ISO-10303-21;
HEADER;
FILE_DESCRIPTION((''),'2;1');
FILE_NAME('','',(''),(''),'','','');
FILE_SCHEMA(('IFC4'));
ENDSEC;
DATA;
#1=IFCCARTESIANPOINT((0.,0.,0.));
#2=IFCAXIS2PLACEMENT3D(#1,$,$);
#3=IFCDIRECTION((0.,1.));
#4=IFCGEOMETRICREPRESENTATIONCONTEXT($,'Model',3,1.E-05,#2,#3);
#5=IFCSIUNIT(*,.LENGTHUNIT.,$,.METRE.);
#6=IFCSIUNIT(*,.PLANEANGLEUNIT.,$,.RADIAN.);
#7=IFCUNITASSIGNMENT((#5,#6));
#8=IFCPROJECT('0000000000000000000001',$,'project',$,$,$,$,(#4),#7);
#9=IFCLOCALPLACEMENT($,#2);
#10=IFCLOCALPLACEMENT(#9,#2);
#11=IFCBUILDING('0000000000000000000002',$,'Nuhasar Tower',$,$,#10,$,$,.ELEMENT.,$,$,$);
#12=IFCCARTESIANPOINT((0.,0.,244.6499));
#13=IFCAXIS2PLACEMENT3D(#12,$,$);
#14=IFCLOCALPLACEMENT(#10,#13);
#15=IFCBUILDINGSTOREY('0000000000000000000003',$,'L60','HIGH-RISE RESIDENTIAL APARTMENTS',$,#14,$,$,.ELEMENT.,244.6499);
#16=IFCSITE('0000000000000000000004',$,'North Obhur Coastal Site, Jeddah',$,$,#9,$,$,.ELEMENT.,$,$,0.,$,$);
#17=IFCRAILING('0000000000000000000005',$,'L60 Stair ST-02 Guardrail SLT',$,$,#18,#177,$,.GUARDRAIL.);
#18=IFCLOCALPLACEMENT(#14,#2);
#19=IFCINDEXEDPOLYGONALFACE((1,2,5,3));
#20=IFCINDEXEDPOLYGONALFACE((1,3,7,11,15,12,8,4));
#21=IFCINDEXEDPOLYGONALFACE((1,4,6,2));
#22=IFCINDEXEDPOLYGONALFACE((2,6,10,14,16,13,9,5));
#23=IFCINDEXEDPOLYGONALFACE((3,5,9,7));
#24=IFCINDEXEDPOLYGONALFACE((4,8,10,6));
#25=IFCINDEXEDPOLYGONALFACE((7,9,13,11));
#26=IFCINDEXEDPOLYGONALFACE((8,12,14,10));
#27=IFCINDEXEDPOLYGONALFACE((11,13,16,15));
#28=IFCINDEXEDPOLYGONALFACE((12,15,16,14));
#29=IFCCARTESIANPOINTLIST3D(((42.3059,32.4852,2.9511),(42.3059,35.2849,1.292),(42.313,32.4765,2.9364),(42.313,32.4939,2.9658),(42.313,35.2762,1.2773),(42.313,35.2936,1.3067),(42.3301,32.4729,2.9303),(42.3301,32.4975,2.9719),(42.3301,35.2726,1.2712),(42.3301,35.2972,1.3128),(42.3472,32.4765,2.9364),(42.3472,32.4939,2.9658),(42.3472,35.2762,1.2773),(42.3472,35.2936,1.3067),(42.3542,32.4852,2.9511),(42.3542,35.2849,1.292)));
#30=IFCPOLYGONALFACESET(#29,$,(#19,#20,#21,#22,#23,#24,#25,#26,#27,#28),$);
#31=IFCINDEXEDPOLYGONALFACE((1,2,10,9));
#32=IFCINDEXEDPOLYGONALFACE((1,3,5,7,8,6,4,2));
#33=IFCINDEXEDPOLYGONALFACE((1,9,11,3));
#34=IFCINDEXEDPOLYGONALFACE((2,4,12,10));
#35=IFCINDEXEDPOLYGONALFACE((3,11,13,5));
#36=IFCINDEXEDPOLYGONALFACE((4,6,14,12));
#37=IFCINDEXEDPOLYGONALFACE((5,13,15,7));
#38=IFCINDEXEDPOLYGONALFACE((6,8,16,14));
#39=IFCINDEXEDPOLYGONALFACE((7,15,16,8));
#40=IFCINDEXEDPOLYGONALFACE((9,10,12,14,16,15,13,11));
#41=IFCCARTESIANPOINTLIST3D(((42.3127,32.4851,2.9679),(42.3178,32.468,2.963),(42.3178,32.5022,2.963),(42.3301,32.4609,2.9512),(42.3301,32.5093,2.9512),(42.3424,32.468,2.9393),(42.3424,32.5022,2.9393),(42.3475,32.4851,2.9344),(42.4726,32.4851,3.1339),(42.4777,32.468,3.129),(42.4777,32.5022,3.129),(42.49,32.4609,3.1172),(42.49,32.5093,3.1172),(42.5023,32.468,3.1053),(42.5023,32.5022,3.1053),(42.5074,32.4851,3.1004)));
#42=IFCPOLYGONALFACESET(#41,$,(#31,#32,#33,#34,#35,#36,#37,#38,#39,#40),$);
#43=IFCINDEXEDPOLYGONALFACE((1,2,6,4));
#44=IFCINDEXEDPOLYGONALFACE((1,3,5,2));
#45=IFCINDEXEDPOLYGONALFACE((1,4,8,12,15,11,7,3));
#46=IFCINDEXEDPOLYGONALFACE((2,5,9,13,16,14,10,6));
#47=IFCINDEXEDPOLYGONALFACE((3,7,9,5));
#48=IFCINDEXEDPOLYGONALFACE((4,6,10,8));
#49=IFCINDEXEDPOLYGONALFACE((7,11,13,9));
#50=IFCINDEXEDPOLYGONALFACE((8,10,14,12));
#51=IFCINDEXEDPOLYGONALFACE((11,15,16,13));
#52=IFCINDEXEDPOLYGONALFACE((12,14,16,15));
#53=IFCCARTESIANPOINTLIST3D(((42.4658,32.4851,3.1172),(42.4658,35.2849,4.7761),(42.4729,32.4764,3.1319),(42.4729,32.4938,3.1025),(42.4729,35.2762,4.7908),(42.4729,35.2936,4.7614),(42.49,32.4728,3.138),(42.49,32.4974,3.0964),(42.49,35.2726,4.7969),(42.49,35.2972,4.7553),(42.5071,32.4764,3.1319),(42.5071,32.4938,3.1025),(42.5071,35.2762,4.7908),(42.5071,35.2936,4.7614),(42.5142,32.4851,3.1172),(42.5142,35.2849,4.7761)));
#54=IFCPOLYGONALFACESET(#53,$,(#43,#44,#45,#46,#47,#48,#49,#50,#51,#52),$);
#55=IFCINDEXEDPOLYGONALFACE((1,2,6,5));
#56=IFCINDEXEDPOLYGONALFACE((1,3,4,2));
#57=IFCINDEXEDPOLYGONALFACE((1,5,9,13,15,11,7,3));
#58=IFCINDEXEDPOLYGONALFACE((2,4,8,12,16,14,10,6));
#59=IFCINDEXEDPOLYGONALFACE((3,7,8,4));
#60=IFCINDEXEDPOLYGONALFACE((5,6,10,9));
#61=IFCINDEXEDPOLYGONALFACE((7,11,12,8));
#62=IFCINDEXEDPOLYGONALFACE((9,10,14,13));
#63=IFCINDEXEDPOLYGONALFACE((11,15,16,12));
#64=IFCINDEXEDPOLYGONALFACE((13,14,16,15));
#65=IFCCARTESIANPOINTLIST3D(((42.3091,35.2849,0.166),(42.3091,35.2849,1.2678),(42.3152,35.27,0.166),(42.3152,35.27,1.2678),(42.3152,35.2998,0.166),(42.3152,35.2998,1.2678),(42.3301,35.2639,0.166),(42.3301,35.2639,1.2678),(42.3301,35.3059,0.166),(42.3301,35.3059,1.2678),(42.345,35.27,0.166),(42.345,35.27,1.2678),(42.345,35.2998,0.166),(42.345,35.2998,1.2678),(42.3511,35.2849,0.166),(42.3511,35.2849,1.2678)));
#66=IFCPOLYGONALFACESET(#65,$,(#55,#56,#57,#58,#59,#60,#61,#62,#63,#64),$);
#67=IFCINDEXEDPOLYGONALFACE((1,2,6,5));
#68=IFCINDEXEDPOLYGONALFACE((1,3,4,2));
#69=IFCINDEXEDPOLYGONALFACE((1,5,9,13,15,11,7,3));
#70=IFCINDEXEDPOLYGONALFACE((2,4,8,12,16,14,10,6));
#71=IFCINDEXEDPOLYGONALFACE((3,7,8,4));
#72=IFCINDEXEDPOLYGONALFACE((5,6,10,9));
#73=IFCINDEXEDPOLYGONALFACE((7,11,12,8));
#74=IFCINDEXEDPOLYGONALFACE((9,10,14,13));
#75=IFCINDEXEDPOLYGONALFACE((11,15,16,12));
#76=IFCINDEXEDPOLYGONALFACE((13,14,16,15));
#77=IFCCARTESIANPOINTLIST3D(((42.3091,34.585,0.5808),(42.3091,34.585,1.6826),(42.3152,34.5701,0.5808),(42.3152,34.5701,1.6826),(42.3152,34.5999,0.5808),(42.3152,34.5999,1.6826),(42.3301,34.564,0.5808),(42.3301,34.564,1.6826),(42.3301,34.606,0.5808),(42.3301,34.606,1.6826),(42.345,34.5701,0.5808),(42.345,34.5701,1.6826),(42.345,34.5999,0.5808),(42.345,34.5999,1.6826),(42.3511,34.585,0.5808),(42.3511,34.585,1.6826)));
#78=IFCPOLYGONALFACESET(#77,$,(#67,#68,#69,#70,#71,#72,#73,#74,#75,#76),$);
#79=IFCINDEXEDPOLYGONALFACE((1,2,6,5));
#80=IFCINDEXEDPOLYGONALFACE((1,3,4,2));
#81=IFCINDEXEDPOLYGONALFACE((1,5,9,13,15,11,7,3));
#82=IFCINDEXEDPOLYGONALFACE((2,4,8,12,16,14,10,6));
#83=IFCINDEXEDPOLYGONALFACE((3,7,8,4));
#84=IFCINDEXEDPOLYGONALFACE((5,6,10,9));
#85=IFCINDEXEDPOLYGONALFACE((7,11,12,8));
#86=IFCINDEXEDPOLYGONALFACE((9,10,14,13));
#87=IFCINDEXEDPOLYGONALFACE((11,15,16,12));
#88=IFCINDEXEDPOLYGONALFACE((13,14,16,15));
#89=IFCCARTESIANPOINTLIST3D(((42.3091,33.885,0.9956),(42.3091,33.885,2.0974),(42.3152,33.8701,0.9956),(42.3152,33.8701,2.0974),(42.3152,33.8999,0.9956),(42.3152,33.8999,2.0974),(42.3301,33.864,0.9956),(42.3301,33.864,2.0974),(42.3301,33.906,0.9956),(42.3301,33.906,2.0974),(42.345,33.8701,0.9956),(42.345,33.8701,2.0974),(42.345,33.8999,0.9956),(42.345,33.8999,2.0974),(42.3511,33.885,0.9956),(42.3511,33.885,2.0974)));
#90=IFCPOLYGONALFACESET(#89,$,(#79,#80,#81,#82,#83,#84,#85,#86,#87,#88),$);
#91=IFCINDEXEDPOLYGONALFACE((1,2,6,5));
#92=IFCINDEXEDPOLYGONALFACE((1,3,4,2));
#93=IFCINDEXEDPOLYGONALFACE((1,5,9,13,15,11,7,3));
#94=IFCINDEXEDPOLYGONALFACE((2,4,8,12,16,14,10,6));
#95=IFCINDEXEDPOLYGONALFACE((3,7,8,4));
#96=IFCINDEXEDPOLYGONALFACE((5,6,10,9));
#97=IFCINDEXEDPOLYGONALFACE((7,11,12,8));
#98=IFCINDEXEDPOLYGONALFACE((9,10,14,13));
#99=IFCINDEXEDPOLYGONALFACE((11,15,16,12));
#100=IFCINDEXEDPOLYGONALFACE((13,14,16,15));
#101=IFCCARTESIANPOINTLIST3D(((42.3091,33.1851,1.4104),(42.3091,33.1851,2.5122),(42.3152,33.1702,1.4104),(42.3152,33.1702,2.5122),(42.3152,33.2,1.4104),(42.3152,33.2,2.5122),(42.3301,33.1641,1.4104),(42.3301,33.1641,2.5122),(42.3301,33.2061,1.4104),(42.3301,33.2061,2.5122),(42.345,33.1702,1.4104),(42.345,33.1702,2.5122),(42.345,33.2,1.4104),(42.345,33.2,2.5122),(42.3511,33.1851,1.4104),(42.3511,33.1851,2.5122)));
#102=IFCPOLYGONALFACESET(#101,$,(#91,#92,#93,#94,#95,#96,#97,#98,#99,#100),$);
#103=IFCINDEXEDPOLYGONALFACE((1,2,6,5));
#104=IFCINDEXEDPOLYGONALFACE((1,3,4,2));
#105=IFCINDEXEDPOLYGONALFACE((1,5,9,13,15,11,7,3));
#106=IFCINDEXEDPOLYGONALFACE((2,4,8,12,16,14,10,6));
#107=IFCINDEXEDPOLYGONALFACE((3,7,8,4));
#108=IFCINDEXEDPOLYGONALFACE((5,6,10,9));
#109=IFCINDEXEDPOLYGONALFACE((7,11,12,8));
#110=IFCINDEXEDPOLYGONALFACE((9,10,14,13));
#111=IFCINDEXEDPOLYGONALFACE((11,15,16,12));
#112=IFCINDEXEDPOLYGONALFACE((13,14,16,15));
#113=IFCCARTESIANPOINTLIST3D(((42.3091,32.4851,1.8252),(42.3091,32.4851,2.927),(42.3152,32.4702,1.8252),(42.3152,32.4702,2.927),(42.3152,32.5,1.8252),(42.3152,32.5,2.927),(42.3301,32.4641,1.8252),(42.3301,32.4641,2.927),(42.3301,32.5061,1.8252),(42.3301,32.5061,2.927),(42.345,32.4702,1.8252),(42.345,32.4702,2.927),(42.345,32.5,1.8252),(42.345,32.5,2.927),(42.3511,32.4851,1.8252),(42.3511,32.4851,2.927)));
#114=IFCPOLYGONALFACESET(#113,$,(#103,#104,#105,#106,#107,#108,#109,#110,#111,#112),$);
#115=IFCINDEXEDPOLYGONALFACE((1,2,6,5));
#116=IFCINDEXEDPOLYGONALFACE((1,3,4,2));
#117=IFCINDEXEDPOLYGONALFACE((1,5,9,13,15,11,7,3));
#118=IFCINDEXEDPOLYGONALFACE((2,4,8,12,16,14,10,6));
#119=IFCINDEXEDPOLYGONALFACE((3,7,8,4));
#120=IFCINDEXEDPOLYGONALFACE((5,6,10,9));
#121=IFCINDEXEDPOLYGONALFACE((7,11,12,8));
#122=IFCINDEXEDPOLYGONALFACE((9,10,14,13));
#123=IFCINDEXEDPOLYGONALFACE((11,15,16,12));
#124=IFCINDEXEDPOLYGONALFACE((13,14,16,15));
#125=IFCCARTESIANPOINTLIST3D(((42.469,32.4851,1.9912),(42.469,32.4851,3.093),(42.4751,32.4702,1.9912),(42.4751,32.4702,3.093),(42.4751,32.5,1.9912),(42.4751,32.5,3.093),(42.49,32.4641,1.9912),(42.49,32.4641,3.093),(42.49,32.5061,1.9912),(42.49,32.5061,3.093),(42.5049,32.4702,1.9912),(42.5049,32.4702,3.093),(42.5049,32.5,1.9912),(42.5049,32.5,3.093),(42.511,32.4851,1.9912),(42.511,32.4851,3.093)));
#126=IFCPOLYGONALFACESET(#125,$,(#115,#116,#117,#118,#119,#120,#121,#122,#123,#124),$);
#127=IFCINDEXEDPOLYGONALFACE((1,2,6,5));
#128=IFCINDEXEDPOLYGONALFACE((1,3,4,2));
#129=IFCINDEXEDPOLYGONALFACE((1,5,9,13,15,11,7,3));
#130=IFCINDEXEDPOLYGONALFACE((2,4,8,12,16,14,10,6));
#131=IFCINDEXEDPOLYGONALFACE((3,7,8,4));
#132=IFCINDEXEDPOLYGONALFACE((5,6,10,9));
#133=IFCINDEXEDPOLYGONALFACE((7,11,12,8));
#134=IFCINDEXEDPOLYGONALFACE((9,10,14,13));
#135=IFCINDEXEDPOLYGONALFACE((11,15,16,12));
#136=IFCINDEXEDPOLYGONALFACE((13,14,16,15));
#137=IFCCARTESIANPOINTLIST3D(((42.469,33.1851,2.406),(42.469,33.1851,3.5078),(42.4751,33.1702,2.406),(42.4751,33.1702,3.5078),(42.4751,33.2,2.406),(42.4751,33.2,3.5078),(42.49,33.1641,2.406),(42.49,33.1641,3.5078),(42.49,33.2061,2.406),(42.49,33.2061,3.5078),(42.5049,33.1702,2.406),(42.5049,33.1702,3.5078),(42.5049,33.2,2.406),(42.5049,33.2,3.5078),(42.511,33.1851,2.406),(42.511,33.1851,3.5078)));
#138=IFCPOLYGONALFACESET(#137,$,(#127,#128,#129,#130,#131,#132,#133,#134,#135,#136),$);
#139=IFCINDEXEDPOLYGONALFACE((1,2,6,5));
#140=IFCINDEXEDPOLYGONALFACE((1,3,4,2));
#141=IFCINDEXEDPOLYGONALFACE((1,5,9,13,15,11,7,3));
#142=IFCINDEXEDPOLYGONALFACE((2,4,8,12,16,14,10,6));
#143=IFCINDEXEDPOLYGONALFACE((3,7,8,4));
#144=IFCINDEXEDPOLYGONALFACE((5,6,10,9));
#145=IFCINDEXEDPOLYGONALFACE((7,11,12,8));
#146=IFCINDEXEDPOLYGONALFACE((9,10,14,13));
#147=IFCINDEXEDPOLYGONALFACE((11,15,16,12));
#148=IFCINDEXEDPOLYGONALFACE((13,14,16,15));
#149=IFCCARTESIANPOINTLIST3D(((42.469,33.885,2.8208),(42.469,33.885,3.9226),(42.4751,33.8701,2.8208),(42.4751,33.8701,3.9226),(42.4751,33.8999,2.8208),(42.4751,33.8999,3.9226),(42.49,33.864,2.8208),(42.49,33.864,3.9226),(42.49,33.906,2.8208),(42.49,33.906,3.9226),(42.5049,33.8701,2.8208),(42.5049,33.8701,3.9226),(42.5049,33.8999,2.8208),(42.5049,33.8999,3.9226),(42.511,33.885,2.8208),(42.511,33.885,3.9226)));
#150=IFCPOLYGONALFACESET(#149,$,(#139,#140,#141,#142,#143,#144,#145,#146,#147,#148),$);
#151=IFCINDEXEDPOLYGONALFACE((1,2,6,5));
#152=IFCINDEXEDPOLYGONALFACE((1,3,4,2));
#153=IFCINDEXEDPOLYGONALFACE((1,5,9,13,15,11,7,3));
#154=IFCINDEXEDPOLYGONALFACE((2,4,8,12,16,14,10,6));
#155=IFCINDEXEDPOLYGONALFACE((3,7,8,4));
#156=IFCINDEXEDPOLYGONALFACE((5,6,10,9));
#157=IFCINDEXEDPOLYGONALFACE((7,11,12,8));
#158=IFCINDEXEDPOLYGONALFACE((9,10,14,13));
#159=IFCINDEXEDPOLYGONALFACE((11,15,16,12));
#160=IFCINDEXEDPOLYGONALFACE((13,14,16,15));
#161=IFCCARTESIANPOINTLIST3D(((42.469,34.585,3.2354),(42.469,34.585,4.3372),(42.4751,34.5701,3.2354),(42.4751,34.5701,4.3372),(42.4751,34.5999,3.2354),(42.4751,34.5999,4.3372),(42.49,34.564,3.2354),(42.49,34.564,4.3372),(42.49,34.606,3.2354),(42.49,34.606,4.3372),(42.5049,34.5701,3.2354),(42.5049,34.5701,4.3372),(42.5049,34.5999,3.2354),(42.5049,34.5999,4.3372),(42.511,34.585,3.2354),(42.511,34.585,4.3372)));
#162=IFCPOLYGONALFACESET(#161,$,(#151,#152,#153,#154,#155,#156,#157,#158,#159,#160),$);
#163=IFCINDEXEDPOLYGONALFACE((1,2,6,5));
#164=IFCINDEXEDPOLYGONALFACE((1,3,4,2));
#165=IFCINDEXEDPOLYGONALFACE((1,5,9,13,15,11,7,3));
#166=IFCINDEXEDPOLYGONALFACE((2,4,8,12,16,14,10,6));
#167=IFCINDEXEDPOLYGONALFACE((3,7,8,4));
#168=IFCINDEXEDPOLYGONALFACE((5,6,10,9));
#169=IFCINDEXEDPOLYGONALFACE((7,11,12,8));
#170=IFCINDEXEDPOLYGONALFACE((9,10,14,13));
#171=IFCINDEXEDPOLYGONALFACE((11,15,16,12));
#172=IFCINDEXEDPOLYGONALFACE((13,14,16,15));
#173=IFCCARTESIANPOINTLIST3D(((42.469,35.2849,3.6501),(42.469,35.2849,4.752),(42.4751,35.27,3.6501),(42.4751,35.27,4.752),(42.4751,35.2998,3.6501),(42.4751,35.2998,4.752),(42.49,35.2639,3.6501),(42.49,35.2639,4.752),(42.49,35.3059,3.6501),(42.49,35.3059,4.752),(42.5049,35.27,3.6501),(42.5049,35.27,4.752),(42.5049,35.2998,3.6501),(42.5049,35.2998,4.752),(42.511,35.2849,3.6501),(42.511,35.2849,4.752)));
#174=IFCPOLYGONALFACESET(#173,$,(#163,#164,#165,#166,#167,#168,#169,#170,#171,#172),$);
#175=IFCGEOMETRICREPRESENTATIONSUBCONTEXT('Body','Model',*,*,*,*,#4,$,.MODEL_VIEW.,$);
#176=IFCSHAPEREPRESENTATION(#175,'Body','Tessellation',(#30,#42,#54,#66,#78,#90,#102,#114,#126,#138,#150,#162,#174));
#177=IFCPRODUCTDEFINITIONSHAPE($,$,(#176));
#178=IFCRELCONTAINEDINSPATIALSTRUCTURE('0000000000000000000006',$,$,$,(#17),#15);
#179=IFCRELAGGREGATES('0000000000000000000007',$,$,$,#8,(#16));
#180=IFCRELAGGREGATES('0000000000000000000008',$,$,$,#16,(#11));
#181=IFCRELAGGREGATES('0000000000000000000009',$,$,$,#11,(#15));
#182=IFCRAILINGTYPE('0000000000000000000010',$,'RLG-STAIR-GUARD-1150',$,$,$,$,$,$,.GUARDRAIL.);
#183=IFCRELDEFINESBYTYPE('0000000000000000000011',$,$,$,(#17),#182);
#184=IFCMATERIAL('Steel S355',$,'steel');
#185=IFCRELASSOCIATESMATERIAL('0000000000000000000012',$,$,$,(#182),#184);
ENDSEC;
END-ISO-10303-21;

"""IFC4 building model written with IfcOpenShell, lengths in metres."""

from ifc_helpers import new_model, si_unit, direction, frame, origin, place, context, subcontext, project, spatial, polyline, outline, extrude, material, type_object, element, save


model = new_model("IFC4")

# Units and contexts
model_context = context("Model", 3, precision=1e-05, world=origin(), true_north=direction((0.0, 1.0)))
body_context = subcontext(model_context, "Body", "Model", "MODEL_VIEW")
ifc_project = project(units=[si_unit("LENGTHUNIT", "METRE"), si_unit("PLANEANGLEUNIT", "RADIAN")], contexts=[model_context])

# Site, building, storey
site_placement = place(None, origin())
site = spatial("IfcSite", under=ifc_project, at=site_placement, Name="North Obhur Coastal Site, Jeddah", CompositionType="ELEMENT", RefElevation=0.0)
building_placement = place(site_placement, origin())
building = spatial("IfcBuilding", under=site, at=building_placement, Name="Nuhasar Tower", CompositionType="ELEMENT")
storey_placement = place(building_placement, frame((0.0, 0.0, 244.6499)))
storey = spatial("IfcBuildingStorey", under=building, at=storey_placement, Name="L60", Description="HIGH-RISE RESIDENTIAL APARTMENTS", CompositionType="ELEMENT", Elevation=244.6499)

# Shared definitions
ifc_material_1 = material(Name="Steel S355", Category="steel")

# Railing
railing_type_1 = type_object("IfcRailingType", Name="RLG-STAIR-GUARD-1150", PredefinedType="GUARDRAIL", material=ifc_material_1)
railing_1_placement = place(storey_placement, frame((42.3301, 35.2849, 0.166)))
element("IfcRailing", 1, at=railing_1_placement, inside=storey, type_object=railing_type_1, Name="L60 Stair ST-02 Guardrail SLT", PredefinedType="GUARDRAIL", context=body_context, shape_type="SweptSolid", body=[
    extrude(outline(polyline([(0.0242, 0.0), (0.0171, 0.0171), (0.0, 0.0242), (-0.0171, 0.0171), (-0.0242, 0.0), (-0.0171, -0.0171), (0.0, -0.0242), (0.0171, -0.0171), (0.0242, 0.0)])), frame((0.0, 0.0, 1.126), z_axis=(0.0, -0.860287, 0.509811), x_axis=(1.0, 0.0, 0.0)), (0.0, 0.0, 1.0), 3.2544),
    extrude(outline(polyline([(0.0242, 0.0), (0.0171, 0.0171), (0.0, 0.0242), (-0.0171, 0.0171), (-0.0242, 0.0), (-0.0171, -0.0171), (0.0, -0.0242), (0.0171, -0.0171), (0.0242, 0.0)])), frame((0.0, -2.7998, 2.7852), z_axis=(0.693743, 0.0, 0.720222), x_axis=(0.0, 1.0, 0.0)), (0.0, 0.0, 1.0), 0.2305),
    extrude(outline(polyline([(0.0242, 0.0), (0.0171, 0.0171), (0.0, 0.0242), (-0.0171, 0.0171), (-0.0242, 0.0), (-0.0171, -0.0171), (0.0, -0.0242), (0.0171, -0.0171), (0.0242, 0.0)])), frame((0.1599, -2.7998, 2.9512), z_axis=(0.0, 0.86032, 0.509755), x_axis=(-1.0, 0.0, 0.0)), (0.0, 0.0, 1.0), 3.2544),
    extrude(outline(polyline([(0.021, 0.0), (0.0149, 0.0149), (0.0, 0.021), (-0.0149, 0.0149), (-0.021, 0.0), (-0.0149, -0.0149), (0.0, -0.021), (0.0149, -0.0149), (0.021, 0.0)])), origin(), (0.0, 0.0, 1.0), 1.1018),
    extrude(outline(polyline([(0.021, 0.0), (0.0149, 0.0149), (0.0, 0.021), (-0.0149, 0.0149), (-0.021, 0.0), (-0.0149, -0.0149), (0.0, -0.021), (0.0149, -0.0149), (0.021, 0.0)])), frame((0.0, -0.7, 0.4148)), (0.0, 0.0, 1.0), 1.1018),
    extrude(outline(polyline([(0.021, 0.0), (0.0149, 0.0149), (0.0, 0.021), (-0.0149, 0.0149), (-0.021, 0.0), (-0.0149, -0.0149), (0.0, -0.021), (0.0149, -0.0149), (0.021, 0.0)])), frame((0.0, -1.3999, 0.8296)), (0.0, 0.0, 1.0), 1.1018),
    extrude(outline(polyline([(0.021, 0.0), (0.0149, 0.0149), (0.0, 0.021), (-0.0149, 0.0149), (-0.021, 0.0), (-0.0149, -0.0149), (0.0, -0.021), (0.0149, -0.0149), (0.021, 0.0)])), frame((0.0, -2.0999, 1.2444)), (0.0, 0.0, 1.0), 1.1018),
    extrude(outline(polyline([(0.021, 0.0), (0.0149, 0.0149), (0.0, 0.021), (-0.0149, 0.0149), (-0.021, 0.0), (-0.0149, -0.0149), (0.0, -0.021), (0.0149, -0.0149), (0.021, 0.0)])), frame((0.0, -2.7998, 1.6592)), (0.0, 0.0, 1.0), 1.1018),
    extrude(outline(polyline([(0.021, 0.0), (0.0149, 0.0149), (0.0, 0.021), (-0.0149, 0.0149), (-0.021, 0.0), (-0.0149, -0.0149), (0.0, -0.021), (0.0149, -0.0149), (0.021, 0.0)])), frame((0.1599, -2.7998, 1.8252)), (0.0, 0.0, 1.0), 1.1018),
    extrude(outline(polyline([(0.021, 0.0), (0.0149, 0.0149), (0.0, 0.021), (-0.0149, 0.0149), (-0.021, 0.0), (-0.0149, -0.0149), (0.0, -0.021), (0.0149, -0.0149), (0.021, 0.0)])), frame((0.1599, -2.0999, 2.24)), (0.0, 0.0, 1.0), 1.1018),
    extrude(outline(polyline([(0.021, 0.0), (0.0149, 0.0149), (0.0, 0.021), (-0.0149, 0.0149), (-0.021, 0.0), (-0.0149, -0.0149), (0.0, -0.021), (0.0149, -0.0149), (0.021, 0.0)])), frame((0.1599, -1.3999, 2.6548)), (0.0, 0.0, 1.0), 1.1018),
    extrude(outline(polyline([(0.021, 0.0), (0.0149, 0.0149), (0.0, 0.021), (-0.0149, 0.0149), (-0.021, 0.0), (-0.0149, -0.0149), (0.0, -0.021), (0.0149, -0.0149), (0.021, 0.0)])), frame((0.1599, -0.7, 3.0693)), (0.0, 0.0, 1.0), 1.1018),
    extrude(outline(polyline([(0.021, 0.0), (0.0149, 0.0149), (0.0, 0.021), (-0.0149, 0.0149), (-0.021, 0.0), (-0.0149, -0.0149), (0.0, -0.021), (0.0149, -0.0149), (0.021, 0.0)])), frame((0.1599, 0.0, 3.4841)), (0.0, 0.0, 1.0), 1.1018),
])

save(model, "model.ifc")
